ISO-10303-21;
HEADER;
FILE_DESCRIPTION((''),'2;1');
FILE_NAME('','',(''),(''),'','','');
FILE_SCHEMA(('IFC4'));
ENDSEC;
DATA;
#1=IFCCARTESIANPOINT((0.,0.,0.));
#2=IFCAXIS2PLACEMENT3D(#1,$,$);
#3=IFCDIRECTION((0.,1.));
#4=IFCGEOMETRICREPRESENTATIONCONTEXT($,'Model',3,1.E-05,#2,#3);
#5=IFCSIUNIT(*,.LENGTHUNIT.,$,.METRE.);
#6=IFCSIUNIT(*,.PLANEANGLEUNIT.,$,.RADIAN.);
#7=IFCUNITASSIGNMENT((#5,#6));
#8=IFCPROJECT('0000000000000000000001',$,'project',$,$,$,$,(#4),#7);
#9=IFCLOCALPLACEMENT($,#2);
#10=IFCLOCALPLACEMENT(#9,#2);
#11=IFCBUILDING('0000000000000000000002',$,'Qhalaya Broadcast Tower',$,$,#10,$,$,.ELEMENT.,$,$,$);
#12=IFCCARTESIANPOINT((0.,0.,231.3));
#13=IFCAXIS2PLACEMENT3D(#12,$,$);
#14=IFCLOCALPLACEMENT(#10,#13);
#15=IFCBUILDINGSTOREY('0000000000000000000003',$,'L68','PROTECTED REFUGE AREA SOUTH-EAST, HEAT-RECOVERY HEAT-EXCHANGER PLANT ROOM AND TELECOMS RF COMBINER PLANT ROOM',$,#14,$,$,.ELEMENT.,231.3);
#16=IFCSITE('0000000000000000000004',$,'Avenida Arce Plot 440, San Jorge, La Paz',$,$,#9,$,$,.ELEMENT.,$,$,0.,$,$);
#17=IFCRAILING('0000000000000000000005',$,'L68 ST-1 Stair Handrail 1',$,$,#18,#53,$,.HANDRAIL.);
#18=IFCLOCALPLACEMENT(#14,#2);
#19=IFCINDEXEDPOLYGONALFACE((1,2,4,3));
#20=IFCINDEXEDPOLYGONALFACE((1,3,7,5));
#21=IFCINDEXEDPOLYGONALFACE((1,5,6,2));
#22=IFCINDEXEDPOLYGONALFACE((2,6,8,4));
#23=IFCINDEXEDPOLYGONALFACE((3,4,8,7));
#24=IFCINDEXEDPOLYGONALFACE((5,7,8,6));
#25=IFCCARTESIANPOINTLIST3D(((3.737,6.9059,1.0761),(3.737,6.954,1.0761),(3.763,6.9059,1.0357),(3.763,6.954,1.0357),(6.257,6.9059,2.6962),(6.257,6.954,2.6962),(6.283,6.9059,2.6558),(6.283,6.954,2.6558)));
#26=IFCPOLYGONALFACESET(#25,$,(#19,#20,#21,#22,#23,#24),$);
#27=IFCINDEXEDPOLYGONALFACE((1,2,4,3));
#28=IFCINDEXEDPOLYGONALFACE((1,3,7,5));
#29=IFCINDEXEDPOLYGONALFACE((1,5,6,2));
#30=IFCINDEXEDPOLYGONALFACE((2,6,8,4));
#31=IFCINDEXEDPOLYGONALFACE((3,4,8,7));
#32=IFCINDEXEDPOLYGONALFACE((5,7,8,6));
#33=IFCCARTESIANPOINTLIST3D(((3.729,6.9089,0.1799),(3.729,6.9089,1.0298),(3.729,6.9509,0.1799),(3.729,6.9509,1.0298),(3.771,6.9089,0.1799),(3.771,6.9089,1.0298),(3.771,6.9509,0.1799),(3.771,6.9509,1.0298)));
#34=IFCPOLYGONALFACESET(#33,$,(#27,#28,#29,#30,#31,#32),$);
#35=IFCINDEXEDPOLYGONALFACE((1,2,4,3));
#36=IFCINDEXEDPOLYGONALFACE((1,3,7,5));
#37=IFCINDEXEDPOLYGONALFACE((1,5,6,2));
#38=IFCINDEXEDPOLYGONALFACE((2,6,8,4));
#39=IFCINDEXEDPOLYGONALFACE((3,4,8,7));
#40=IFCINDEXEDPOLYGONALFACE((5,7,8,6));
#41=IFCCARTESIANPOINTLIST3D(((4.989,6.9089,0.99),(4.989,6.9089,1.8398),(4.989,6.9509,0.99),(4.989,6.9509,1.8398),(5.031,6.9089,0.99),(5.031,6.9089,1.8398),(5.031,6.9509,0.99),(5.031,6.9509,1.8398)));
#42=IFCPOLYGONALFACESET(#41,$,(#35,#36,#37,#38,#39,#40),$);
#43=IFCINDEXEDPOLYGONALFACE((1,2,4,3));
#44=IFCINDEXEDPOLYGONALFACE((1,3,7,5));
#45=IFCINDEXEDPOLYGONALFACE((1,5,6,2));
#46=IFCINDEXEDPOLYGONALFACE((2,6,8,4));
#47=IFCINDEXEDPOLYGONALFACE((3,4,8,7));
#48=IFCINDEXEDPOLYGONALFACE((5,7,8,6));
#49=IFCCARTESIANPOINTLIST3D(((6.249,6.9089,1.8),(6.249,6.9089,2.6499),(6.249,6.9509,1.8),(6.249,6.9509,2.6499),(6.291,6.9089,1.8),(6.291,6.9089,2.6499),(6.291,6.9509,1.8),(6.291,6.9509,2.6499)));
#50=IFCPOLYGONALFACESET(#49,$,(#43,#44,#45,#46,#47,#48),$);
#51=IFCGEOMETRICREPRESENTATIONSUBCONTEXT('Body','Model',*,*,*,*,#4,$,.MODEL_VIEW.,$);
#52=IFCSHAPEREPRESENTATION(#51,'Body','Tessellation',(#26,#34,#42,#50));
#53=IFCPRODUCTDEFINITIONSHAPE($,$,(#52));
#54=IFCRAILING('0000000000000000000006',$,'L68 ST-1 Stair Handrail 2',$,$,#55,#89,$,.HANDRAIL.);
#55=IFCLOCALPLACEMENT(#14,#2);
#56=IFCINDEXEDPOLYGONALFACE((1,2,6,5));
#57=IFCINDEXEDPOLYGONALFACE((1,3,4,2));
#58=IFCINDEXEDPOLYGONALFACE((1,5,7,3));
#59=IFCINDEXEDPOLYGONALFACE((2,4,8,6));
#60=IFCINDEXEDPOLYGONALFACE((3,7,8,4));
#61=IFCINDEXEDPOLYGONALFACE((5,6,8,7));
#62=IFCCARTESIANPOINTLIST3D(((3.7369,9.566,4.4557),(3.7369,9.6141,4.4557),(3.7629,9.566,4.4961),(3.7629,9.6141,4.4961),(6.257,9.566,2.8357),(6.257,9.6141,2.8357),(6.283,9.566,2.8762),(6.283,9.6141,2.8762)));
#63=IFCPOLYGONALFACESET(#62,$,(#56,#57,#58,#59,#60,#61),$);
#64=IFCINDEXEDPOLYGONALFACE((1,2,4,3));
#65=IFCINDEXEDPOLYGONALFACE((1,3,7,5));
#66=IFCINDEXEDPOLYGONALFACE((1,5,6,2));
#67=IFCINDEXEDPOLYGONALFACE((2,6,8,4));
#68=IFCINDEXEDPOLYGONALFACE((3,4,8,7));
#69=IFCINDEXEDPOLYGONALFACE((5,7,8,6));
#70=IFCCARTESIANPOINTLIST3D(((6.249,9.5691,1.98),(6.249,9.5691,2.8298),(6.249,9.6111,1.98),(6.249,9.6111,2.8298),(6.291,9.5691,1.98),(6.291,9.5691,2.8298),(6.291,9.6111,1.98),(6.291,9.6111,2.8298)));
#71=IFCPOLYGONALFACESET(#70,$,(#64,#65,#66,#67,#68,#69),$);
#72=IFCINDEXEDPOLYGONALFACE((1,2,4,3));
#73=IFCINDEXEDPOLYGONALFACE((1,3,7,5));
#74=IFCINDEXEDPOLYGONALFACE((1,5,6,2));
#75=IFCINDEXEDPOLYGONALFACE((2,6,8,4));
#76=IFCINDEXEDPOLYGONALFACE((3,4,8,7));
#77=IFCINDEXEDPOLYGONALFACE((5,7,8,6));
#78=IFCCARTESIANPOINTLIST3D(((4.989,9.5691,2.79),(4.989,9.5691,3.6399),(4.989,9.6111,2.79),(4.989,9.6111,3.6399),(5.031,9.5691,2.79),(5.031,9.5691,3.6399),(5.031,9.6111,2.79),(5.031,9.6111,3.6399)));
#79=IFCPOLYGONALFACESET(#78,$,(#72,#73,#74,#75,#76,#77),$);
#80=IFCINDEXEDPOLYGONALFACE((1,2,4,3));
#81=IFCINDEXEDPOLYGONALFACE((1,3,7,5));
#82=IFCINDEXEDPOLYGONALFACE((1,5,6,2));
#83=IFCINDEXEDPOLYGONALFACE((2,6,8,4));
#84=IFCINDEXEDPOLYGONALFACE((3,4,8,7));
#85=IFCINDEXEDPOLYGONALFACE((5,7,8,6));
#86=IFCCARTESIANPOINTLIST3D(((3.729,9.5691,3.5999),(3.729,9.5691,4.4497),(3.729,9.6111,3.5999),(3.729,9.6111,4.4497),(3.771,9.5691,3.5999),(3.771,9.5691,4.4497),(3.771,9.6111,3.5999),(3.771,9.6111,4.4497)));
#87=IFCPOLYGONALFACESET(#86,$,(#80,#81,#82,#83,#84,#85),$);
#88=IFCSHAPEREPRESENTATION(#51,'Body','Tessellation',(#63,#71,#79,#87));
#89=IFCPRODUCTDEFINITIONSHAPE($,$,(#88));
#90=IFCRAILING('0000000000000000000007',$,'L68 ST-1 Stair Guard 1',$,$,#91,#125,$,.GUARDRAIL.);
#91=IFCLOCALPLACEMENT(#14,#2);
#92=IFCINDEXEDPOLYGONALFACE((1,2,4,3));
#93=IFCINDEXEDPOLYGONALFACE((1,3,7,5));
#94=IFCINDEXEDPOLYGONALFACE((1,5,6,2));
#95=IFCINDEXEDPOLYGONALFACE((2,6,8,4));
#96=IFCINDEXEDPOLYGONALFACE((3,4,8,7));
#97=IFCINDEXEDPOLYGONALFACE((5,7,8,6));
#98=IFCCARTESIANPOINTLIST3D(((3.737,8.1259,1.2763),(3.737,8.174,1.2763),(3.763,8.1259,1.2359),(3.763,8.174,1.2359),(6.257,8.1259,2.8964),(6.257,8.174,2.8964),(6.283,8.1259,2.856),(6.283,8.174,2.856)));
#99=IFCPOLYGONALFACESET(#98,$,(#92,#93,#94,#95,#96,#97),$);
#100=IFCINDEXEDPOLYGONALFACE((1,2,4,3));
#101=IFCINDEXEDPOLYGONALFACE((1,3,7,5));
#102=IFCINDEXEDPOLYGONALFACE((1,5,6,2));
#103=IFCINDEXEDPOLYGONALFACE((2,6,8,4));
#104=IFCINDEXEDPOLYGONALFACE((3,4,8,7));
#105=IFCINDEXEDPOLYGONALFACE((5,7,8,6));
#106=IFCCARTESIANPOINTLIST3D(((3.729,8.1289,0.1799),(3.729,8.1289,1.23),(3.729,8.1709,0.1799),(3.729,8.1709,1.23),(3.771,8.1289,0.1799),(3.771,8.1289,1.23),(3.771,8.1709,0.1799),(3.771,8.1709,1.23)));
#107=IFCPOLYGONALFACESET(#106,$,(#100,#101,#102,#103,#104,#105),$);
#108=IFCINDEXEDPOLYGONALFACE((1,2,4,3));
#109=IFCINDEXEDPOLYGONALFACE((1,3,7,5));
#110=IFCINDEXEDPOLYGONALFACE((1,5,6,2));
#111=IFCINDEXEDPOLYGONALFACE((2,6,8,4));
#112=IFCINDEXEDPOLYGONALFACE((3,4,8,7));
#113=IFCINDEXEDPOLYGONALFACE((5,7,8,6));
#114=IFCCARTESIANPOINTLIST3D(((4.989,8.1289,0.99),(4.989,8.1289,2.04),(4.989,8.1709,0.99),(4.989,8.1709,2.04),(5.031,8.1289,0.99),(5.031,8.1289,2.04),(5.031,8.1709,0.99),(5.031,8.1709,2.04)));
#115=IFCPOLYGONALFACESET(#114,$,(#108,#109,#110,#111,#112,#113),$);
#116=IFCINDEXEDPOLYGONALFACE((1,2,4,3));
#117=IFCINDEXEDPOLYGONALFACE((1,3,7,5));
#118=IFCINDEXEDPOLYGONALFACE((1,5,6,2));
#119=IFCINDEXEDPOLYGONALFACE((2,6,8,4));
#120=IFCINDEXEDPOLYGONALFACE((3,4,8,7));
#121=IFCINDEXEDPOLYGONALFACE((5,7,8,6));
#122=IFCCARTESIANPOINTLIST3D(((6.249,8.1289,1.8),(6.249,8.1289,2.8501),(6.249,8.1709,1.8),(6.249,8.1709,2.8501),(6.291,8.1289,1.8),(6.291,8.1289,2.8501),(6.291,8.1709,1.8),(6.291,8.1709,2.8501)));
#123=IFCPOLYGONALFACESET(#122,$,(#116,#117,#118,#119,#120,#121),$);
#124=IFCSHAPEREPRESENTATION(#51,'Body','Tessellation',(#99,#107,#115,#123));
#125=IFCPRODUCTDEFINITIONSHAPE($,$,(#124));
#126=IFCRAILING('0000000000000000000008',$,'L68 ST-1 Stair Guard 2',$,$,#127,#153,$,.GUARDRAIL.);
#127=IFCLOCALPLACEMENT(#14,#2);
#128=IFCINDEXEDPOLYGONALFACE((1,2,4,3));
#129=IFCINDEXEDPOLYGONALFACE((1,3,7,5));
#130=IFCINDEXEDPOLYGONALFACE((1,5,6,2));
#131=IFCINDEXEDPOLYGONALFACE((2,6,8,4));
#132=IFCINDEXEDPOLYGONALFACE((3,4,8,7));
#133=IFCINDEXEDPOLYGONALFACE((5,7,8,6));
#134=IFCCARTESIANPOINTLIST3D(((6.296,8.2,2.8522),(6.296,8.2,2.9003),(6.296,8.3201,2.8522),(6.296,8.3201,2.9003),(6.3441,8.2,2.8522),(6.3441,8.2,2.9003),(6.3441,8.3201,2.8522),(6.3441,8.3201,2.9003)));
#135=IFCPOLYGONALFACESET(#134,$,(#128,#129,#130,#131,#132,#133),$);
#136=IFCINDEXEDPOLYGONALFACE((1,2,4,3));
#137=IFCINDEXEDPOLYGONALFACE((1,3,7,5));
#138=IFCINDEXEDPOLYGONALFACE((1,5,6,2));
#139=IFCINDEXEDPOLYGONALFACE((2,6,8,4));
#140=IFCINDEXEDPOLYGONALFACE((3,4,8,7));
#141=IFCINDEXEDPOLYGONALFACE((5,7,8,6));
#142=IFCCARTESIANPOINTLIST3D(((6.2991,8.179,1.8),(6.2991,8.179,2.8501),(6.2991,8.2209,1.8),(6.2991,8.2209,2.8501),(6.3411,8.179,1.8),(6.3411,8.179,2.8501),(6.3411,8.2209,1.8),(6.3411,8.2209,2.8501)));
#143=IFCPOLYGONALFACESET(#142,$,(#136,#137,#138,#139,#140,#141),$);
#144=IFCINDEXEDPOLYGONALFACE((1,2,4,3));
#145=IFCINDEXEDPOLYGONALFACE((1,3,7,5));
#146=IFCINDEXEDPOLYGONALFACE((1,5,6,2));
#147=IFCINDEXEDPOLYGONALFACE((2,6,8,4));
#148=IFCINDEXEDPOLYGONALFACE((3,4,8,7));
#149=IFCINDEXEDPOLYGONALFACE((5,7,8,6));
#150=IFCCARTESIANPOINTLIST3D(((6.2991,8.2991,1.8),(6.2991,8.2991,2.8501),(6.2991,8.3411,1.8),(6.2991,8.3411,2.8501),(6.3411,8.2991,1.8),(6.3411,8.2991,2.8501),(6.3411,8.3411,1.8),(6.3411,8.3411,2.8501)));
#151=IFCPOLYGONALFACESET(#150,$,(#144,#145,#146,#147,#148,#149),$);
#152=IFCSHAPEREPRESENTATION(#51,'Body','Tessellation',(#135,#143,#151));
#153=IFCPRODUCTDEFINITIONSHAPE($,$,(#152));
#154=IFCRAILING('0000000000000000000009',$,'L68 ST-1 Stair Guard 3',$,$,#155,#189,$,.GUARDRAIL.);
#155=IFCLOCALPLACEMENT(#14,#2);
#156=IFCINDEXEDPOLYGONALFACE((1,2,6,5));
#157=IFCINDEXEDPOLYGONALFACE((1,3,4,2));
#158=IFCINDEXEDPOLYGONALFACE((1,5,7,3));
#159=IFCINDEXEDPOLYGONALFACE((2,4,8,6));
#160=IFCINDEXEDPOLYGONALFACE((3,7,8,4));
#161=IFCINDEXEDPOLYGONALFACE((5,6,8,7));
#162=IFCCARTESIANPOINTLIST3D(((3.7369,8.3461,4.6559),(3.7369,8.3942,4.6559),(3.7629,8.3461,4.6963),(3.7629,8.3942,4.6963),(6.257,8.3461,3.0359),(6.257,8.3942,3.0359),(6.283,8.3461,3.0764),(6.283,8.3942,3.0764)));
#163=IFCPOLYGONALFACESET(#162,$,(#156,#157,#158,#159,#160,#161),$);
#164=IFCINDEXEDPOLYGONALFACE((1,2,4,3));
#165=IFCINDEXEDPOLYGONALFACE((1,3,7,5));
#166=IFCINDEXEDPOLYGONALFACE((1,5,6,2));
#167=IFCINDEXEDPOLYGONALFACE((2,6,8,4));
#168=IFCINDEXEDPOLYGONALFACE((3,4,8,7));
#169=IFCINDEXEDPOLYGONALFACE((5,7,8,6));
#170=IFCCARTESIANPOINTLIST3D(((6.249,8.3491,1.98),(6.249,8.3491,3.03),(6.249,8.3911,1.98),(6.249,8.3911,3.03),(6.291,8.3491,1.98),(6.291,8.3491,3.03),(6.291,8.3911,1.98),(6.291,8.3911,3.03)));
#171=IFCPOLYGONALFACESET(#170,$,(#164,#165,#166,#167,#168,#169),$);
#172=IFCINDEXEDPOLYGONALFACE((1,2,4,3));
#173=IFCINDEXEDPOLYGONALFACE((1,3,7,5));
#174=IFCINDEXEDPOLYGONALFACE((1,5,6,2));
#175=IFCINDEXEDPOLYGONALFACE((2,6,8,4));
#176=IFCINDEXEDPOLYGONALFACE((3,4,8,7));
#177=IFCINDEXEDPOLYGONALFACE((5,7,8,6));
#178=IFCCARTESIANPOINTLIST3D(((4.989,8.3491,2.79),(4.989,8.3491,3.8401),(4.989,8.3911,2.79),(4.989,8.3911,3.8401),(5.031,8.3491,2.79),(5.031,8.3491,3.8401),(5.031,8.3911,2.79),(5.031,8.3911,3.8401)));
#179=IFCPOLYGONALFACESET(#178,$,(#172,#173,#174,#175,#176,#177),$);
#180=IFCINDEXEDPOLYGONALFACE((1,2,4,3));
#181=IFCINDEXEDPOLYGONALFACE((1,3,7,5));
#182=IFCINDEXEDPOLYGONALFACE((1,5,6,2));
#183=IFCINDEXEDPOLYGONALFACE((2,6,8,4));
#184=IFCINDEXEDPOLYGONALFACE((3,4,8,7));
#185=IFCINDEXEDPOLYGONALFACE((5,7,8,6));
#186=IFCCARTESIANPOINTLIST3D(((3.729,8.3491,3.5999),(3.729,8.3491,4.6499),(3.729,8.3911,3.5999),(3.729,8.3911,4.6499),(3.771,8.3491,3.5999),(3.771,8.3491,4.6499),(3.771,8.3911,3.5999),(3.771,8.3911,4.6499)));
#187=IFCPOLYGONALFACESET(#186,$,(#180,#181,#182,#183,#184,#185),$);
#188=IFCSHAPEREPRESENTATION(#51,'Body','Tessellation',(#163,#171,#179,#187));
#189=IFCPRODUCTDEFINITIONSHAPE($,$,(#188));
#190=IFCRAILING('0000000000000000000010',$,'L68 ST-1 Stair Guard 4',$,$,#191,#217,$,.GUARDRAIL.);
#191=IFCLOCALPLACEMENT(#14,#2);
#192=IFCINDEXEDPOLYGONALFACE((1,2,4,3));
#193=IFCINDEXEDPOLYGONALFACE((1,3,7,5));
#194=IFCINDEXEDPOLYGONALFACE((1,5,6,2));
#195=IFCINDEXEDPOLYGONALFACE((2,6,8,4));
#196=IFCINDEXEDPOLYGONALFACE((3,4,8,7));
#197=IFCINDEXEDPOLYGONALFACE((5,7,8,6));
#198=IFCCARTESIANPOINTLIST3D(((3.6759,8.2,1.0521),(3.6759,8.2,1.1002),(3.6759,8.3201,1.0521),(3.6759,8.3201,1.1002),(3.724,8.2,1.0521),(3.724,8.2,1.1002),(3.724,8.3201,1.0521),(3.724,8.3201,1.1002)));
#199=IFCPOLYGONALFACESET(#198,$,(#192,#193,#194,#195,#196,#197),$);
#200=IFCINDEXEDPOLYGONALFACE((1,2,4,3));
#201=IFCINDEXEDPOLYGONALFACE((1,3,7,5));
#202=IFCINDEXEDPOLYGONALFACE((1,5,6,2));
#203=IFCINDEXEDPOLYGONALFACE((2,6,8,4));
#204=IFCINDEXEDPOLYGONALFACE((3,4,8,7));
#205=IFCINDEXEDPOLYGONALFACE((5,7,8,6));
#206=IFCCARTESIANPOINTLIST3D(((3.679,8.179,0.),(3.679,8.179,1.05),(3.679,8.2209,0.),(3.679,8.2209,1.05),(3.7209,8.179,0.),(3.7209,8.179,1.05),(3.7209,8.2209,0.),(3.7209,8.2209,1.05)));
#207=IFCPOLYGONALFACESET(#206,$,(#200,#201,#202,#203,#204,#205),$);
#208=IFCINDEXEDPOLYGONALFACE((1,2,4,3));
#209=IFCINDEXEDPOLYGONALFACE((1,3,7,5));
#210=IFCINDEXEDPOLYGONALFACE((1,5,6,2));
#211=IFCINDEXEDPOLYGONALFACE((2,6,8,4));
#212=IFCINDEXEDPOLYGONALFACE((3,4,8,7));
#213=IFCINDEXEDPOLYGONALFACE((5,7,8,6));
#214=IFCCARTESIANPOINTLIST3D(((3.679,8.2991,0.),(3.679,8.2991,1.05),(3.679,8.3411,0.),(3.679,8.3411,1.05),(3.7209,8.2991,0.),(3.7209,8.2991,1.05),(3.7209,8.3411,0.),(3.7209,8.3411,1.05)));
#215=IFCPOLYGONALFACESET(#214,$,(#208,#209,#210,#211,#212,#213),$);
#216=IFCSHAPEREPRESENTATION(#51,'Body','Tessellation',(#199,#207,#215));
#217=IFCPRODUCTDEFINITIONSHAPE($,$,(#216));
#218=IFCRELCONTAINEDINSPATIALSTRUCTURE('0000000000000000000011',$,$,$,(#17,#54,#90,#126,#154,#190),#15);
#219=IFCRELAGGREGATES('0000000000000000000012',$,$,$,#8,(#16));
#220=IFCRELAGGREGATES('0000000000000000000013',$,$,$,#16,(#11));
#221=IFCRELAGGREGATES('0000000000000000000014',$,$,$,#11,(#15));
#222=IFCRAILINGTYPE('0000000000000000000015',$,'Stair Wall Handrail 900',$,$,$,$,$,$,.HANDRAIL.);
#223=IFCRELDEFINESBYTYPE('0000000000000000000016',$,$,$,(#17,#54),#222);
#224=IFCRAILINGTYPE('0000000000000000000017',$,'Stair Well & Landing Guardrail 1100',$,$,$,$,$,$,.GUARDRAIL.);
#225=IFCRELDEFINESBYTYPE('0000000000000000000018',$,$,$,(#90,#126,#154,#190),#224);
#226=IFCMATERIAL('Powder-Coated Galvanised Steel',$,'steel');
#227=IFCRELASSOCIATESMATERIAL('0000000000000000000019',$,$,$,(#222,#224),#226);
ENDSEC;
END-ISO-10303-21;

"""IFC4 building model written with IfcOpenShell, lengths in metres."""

from ifc_helpers import new_model, si_unit, direction, frame, origin, origin_2d, place, context, subcontext, project, spatial, rectangle, extrude, material, type_object, element, save


model = new_model("IFC4")

# Units and contexts
model_context = context("Model", 3, precision=1e-05, world=origin(), true_north=direction((0.0, 1.0)))
body_context = subcontext(model_context, "Body", "Model", "MODEL_VIEW")
ifc_project = project(units=[si_unit("LENGTHUNIT", "METRE"), si_unit("PLANEANGLEUNIT", "RADIAN")], contexts=[model_context])

# Site, building, storey
site_placement = place(None, origin())
site = spatial("IfcSite", under=ifc_project, at=site_placement, Name="Avenida Arce Plot 440, San Jorge, La Paz", CompositionType="ELEMENT", RefElevation=0.0)
building_placement = place(site_placement, origin())
building = spatial("IfcBuilding", under=site, at=building_placement, Name="Qhalaya Broadcast Tower", CompositionType="ELEMENT")
storey_placement = place(building_placement, frame((0.0, 0.0, 231.3)))
storey = spatial("IfcBuildingStorey", under=building, at=storey_placement, Name="L68", Description="PROTECTED REFUGE AREA SOUTH-EAST, HEAT-RECOVERY HEAT-EXCHANGER PLANT ROOM AND TELECOMS RF COMBINER PLANT ROOM", CompositionType="ELEMENT", Elevation=231.3)

# Railings
ifc_material_1 = material(Name="Powder-Coated Galvanised Steel", Category="steel")
railing_type_1 = type_object("IfcRailingType", Name="Stair Wall Handrail 900", PredefinedType="HANDRAIL", material=ifc_material_1)
railing_1_placement = place(storey_placement, frame((3.75, 6.9299, 0.1799)))
element("IfcRailing", 1, at=railing_1_placement, inside=storey, type_object=railing_type_1, Name="L68 ST-1 Stair Handrail 1", PredefinedType="HANDRAIL", context=body_context, shape_type="SweptSolid", body=[
    extrude(rectangle(XDim=0.0481, YDim=0.0481, at=origin_2d()), frame((0.0, 0.0, 0.876), z_axis=(0.841163, 0.0, 0.540782), x_axis=(0.0, 1.0, 0.0)), (0.0, 0.0, 1.0), 2.9958),
    extrude(rectangle(XDim=0.042, YDim=0.042, at=origin_2d()), origin(), (0.0, 0.0, 1.0), 0.8499),
    extrude(rectangle(XDim=0.042, YDim=0.042, at=origin_2d()), frame((1.26, 0.0, 0.8101)), (0.0, 0.0, 1.0), 0.8499),
    extrude(rectangle(XDim=0.042, YDim=0.042, at=origin_2d()), frame((2.52, 0.0, 1.6201)), (0.0, 0.0, 1.0), 0.8499),
])
railing_2_placement = place(storey_placement, frame((6.27, 9.5901, 1.98)))
element("IfcRailing", 2, at=railing_2_placement, inside=storey, type_object=railing_type_1, Name="L68 ST-1 Stair Handrail 2", PredefinedType="HANDRAIL", context=body_context, shape_type="SweptSolid", body=[
    extrude(rectangle(XDim=0.0481, YDim=0.0481, at=origin_2d()), frame((0.0, 0.0, 0.876), z_axis=(-0.8412, 0.0, 0.540725), x_axis=(0.0, -1.0, 0.0)), (0.0, 0.0, 1.0), 2.9958),
    extrude(rectangle(XDim=0.042, YDim=0.042, at=origin_2d()), origin(), (0.0, 0.0, 1.0), 0.8499),
    extrude(rectangle(XDim=0.042, YDim=0.042, at=origin_2d()), frame((-1.26, 0.0, 0.8101)), (0.0, 0.0, 1.0), 0.8499),
    extrude(rectangle(XDim=0.042, YDim=0.042, at=origin_2d()), frame((-2.52, 0.0, 1.6199)), (0.0, 0.0, 1.0), 0.8499),
])
railing_type_2 = type_object("IfcRailingType", Name="Stair Well & Landing Guardrail 1100", PredefinedType="GUARDRAIL", material=ifc_material_1)
railing_3_placement = place(storey_placement, frame((3.75, 8.1499, 0.1799)))
element("IfcRailing", 3, at=railing_3_placement, inside=storey, type_object=railing_type_2, Name="L68 ST-1 Stair Guard 1", PredefinedType="GUARDRAIL", context=body_context, shape_type="SweptSolid", body=[
    extrude(rectangle(XDim=0.0481, YDim=0.0481, at=origin_2d()), frame((0.0, 0.0, 1.0762), z_axis=(0.841163, 0.0, 0.540782), x_axis=(0.0, 1.0, 0.0)), (0.0, 0.0, 1.0), 2.9958),
    extrude(rectangle(XDim=0.042, YDim=0.042, at=origin_2d()), origin(), (0.0, 0.0, 1.0), 1.05),
    extrude(rectangle(XDim=0.042, YDim=0.042, at=origin_2d()), frame((1.26, 0.0, 0.8101)), (0.0, 0.0, 1.0), 1.05),
    extrude(rectangle(XDim=0.042, YDim=0.042, at=origin_2d()), frame((2.52, 0.0, 1.6201)), (0.0, 0.0, 1.0), 1.05),
])
railing_4_placement = place(storey_placement, frame((6.3201, 8.2, 1.8)))
element("IfcRailing", 4, at=railing_4_placement, inside=storey, type_object=railing_type_2, Name="L68 ST-1 Stair Guard 2", PredefinedType="GUARDRAIL", context=body_context, shape_type="SweptSolid", body=[
    extrude(rectangle(XDim=0.0481, YDim=0.0481, at=origin_2d()), frame((0.0, 0.0, 1.0762), z_axis=(0.0, 1.0, 0.0), x_axis=(-1.0, 0.0, 0.0)), (0.0, 0.0, 1.0), 0.1201),
    extrude(rectangle(XDim=0.042, YDim=0.042, at=origin_2d()), origin(), (0.0, 0.0, 1.0), 1.05),
    extrude(rectangle(XDim=0.042, YDim=0.042, at=origin_2d()), frame((0.0, 0.1201, 0.0)), (0.0, 0.0, 1.0), 1.05),
])
railing_5_placement = place(storey_placement, frame((6.27, 8.3701, 1.98)))
element("IfcRailing", 5, at=railing_5_placement, inside=storey, type_object=railing_type_2, Name="L68 ST-1 Stair Guard 3", PredefinedType="GUARDRAIL", context=body_context, shape_type="SweptSolid", body=[
    extrude(rectangle(XDim=0.0481, YDim=0.0481, at=origin_2d()), frame((0.0, 0.0, 1.0762), z_axis=(-0.8412, 0.0, 0.540725), x_axis=(0.0, -1.0, 0.0)), (0.0, 0.0, 1.0), 2.9958),
    extrude(rectangle(XDim=0.042, YDim=0.042, at=origin_2d()), origin(), (0.0, 0.0, 1.0), 1.05),
    extrude(rectangle(XDim=0.042, YDim=0.042, at=origin_2d()), frame((-1.26, 0.0, 0.8101)), (0.0, 0.0, 1.0), 1.05),
    extrude(rectangle(XDim=0.042, YDim=0.042, at=origin_2d()), frame((-2.52, 0.0, 1.6199)), (0.0, 0.0, 1.0), 1.05),
])
railing_6_placement = place(storey_placement, frame((3.7, 8.2, 0.0)))
element("IfcRailing", 6, at=railing_6_placement, inside=storey, type_object=railing_type_2, Name="L68 ST-1 Stair Guard 4", PredefinedType="GUARDRAIL", context=body_context, shape_type="SweptSolid", body=[
    extrude(rectangle(XDim=0.0481, YDim=0.0481, at=origin_2d()), frame((0.0, 0.0, 1.0762), z_axis=(0.0, 1.0, 0.0), x_axis=(-1.0, 0.0, 0.0)), (0.0, 0.0, 1.0), 0.1201),
    extrude(rectangle(XDim=0.042, YDim=0.042, at=origin_2d()), origin(), (0.0, 0.0, 1.0), 1.05),
    extrude(rectangle(XDim=0.042, YDim=0.042, at=origin_2d()), frame((0.0, 0.1201, 0.0)), (0.0, 0.0, 1.0), 1.05),
])

save(model, "model.ifc")
